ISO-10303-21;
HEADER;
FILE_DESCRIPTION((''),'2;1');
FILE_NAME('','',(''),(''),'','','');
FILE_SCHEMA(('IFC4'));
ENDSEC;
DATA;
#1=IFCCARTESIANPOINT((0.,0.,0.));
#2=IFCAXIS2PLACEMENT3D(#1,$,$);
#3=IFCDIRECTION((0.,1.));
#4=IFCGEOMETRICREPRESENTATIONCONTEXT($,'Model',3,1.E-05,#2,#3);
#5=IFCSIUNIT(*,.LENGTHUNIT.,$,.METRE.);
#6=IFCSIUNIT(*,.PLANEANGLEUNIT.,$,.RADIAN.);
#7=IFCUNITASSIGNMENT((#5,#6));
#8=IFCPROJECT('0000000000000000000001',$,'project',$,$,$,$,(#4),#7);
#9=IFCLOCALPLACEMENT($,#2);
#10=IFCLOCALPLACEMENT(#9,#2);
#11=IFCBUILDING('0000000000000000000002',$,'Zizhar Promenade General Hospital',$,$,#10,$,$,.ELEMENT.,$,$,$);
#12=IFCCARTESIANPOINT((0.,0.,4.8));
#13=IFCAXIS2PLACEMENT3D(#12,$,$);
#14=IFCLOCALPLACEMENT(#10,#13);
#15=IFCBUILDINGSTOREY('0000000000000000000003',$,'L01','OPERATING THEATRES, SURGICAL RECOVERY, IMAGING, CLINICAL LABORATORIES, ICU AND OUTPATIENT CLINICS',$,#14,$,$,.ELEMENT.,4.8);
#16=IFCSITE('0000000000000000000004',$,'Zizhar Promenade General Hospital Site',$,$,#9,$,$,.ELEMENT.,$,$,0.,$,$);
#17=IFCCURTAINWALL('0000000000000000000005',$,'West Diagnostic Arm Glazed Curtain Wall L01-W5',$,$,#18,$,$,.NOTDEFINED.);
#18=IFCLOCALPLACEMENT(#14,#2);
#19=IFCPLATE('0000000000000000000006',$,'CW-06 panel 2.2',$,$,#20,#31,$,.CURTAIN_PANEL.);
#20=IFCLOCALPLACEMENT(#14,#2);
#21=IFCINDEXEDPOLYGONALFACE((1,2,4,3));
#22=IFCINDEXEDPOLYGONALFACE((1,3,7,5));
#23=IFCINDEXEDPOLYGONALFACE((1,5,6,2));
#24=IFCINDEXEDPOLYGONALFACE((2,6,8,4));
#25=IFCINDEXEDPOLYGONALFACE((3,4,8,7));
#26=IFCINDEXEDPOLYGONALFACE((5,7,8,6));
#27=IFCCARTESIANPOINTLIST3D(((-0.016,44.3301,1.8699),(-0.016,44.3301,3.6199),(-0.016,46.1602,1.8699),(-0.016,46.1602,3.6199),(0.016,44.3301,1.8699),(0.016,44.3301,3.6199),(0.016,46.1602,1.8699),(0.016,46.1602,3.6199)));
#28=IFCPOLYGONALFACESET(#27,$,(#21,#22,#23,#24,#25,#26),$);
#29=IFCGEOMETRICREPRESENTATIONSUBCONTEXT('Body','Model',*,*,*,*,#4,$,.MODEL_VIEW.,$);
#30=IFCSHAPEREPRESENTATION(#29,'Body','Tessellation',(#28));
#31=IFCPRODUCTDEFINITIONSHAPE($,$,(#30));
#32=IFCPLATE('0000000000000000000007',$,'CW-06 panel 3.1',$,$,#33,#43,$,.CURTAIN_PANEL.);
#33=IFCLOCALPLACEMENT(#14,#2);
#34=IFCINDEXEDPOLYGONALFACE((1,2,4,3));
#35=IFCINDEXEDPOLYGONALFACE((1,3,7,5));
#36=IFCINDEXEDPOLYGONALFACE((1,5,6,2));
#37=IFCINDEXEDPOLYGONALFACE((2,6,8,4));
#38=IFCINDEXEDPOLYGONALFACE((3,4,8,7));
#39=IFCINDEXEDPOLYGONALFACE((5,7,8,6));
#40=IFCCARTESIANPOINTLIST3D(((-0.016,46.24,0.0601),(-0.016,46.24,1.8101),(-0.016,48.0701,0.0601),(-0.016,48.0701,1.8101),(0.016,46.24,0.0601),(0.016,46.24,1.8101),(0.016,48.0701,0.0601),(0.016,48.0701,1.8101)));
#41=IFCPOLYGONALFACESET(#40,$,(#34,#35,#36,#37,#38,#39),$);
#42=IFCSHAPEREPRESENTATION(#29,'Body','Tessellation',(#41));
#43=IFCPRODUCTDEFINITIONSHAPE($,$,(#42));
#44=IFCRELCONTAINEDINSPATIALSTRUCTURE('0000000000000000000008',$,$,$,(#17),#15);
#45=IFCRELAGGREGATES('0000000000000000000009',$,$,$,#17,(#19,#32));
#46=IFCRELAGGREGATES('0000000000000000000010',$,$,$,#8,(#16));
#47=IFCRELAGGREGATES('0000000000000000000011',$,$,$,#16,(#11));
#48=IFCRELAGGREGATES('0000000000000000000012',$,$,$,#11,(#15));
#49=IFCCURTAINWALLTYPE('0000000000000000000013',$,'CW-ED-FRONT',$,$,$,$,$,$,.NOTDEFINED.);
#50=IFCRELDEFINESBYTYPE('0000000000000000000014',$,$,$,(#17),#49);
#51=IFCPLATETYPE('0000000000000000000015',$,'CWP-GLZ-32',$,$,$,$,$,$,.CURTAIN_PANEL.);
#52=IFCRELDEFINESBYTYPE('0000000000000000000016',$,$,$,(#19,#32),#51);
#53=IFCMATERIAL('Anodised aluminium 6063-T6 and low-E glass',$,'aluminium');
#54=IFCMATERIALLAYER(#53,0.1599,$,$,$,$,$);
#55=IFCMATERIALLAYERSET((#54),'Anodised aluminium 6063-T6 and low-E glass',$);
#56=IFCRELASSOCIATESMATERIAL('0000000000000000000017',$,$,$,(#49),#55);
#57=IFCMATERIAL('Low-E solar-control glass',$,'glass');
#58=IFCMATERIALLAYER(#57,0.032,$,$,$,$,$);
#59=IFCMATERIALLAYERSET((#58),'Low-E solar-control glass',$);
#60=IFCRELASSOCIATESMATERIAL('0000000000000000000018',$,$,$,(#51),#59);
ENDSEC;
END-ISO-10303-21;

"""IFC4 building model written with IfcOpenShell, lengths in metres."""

from ifc_helpers import new_model, si_unit, direction, frame, origin, origin_2d, place, context, subcontext, project, spatial, rectangle, extrude, material, layer, layer_set, type_object, element, aggregate, save


model = new_model("IFC4")

# Units and contexts
model_context = context("Model", 3, precision=1e-05, world=origin(), true_north=direction((0.0, 1.0)))
body_context = subcontext(model_context, "Body", "Model", "MODEL_VIEW")
ifc_project = project(units=[si_unit("LENGTHUNIT", "METRE"), si_unit("PLANEANGLEUNIT", "RADIAN")], contexts=[model_context])

# Site, building, storey
site_placement = place(None, origin())
site = spatial("IfcSite", under=ifc_project, at=site_placement, Name="Zizhar Promenade General Hospital Site", CompositionType="ELEMENT", RefElevation=0.0)
building_placement = place(site_placement, origin())
building = spatial("IfcBuilding", under=site, at=building_placement, Name="Zizhar Promenade General Hospital", CompositionType="ELEMENT")
storey_placement = place(building_placement, frame((0.0, 0.0, 4.8)))
storey = spatial("IfcBuildingStorey", under=building, at=storey_placement, Name="L01", Description="OPERATING THEATRES, SURGICAL RECOVERY, IMAGING, CLINICAL LABORATORIES, ICU AND OUTPATIENT CLINICS", CompositionType="ELEMENT", Elevation=4.8)

# Curtain wall
ifc_material_1 = material(Name="Anodised aluminium 6063-T6 and low-E glass", Category="aluminium")
ifc_layer_1 = layer(ifc_material_1, 0.1599)
ifc_layer_set_1 = layer_set([ifc_layer_1], Name="Anodised aluminium 6063-T6 and low-E glass")
curtain_wall_type = type_object("IfcCurtainWallType", Name="CW-ED-FRONT", PredefinedType="NOTDEFINED", material=ifc_layer_set_1)
curtain_wall_1_placement = place(storey_placement, origin())
curtain_wall_1 = element("IfcCurtainWall", 1, at=curtain_wall_1_placement, inside=storey, type_object=curtain_wall_type, Name="West Diagnostic Arm Glazed Curtain Wall L01-W5", PredefinedType="NOTDEFINED")

# Plates
ifc_material_2 = material(Name="Low-E solar-control glass", Category="glass")
ifc_layer_2 = layer(ifc_material_2, 0.032)
ifc_layer_set_2 = layer_set([ifc_layer_2], Name="Low-E solar-control glass")
plate_type = type_object("IfcPlateType", Name="CWP-GLZ-32", PredefinedType="CURTAIN_PANEL", material=ifc_layer_set_2)
plate_1_placement = place(storey_placement, frame((0.0, 45.2451, 1.8699), z_axis=(0.0, 0.0, 1.0), x_axis=(0.0, 1.0, 0.0)))
plate_1 = element("IfcPlate", 2, at=plate_1_placement, type_object=plate_type, Name="CW-06 panel 2.2", PredefinedType="CURTAIN_PANEL", context=body_context, shape_type="SweptSolid", body=[
    extrude(rectangle(XDim=1.8301, YDim=0.032, at=origin_2d()), origin(), (0.0, 0.0, 1.0), 1.75),
])
plate_2_placement = place(storey_placement, frame((0.0, 47.155, 0.0601), z_axis=(0.0, 0.0, 1.0), x_axis=(0.0, 1.0, 0.0)))
plate_2 = element("IfcPlate", 3, at=plate_2_placement, type_object=plate_type, Name="CW-06 panel 3.1", PredefinedType="CURTAIN_PANEL", context=body_context, shape_type="SweptSolid", body=[
    extrude(rectangle(XDim=1.8301, YDim=0.032, at=origin_2d()), origin(), (0.0, 0.0, 1.0), 1.75),
])
aggregate(curtain_wall_1, [plate_1, plate_2])

save(model, "model.ifc")
